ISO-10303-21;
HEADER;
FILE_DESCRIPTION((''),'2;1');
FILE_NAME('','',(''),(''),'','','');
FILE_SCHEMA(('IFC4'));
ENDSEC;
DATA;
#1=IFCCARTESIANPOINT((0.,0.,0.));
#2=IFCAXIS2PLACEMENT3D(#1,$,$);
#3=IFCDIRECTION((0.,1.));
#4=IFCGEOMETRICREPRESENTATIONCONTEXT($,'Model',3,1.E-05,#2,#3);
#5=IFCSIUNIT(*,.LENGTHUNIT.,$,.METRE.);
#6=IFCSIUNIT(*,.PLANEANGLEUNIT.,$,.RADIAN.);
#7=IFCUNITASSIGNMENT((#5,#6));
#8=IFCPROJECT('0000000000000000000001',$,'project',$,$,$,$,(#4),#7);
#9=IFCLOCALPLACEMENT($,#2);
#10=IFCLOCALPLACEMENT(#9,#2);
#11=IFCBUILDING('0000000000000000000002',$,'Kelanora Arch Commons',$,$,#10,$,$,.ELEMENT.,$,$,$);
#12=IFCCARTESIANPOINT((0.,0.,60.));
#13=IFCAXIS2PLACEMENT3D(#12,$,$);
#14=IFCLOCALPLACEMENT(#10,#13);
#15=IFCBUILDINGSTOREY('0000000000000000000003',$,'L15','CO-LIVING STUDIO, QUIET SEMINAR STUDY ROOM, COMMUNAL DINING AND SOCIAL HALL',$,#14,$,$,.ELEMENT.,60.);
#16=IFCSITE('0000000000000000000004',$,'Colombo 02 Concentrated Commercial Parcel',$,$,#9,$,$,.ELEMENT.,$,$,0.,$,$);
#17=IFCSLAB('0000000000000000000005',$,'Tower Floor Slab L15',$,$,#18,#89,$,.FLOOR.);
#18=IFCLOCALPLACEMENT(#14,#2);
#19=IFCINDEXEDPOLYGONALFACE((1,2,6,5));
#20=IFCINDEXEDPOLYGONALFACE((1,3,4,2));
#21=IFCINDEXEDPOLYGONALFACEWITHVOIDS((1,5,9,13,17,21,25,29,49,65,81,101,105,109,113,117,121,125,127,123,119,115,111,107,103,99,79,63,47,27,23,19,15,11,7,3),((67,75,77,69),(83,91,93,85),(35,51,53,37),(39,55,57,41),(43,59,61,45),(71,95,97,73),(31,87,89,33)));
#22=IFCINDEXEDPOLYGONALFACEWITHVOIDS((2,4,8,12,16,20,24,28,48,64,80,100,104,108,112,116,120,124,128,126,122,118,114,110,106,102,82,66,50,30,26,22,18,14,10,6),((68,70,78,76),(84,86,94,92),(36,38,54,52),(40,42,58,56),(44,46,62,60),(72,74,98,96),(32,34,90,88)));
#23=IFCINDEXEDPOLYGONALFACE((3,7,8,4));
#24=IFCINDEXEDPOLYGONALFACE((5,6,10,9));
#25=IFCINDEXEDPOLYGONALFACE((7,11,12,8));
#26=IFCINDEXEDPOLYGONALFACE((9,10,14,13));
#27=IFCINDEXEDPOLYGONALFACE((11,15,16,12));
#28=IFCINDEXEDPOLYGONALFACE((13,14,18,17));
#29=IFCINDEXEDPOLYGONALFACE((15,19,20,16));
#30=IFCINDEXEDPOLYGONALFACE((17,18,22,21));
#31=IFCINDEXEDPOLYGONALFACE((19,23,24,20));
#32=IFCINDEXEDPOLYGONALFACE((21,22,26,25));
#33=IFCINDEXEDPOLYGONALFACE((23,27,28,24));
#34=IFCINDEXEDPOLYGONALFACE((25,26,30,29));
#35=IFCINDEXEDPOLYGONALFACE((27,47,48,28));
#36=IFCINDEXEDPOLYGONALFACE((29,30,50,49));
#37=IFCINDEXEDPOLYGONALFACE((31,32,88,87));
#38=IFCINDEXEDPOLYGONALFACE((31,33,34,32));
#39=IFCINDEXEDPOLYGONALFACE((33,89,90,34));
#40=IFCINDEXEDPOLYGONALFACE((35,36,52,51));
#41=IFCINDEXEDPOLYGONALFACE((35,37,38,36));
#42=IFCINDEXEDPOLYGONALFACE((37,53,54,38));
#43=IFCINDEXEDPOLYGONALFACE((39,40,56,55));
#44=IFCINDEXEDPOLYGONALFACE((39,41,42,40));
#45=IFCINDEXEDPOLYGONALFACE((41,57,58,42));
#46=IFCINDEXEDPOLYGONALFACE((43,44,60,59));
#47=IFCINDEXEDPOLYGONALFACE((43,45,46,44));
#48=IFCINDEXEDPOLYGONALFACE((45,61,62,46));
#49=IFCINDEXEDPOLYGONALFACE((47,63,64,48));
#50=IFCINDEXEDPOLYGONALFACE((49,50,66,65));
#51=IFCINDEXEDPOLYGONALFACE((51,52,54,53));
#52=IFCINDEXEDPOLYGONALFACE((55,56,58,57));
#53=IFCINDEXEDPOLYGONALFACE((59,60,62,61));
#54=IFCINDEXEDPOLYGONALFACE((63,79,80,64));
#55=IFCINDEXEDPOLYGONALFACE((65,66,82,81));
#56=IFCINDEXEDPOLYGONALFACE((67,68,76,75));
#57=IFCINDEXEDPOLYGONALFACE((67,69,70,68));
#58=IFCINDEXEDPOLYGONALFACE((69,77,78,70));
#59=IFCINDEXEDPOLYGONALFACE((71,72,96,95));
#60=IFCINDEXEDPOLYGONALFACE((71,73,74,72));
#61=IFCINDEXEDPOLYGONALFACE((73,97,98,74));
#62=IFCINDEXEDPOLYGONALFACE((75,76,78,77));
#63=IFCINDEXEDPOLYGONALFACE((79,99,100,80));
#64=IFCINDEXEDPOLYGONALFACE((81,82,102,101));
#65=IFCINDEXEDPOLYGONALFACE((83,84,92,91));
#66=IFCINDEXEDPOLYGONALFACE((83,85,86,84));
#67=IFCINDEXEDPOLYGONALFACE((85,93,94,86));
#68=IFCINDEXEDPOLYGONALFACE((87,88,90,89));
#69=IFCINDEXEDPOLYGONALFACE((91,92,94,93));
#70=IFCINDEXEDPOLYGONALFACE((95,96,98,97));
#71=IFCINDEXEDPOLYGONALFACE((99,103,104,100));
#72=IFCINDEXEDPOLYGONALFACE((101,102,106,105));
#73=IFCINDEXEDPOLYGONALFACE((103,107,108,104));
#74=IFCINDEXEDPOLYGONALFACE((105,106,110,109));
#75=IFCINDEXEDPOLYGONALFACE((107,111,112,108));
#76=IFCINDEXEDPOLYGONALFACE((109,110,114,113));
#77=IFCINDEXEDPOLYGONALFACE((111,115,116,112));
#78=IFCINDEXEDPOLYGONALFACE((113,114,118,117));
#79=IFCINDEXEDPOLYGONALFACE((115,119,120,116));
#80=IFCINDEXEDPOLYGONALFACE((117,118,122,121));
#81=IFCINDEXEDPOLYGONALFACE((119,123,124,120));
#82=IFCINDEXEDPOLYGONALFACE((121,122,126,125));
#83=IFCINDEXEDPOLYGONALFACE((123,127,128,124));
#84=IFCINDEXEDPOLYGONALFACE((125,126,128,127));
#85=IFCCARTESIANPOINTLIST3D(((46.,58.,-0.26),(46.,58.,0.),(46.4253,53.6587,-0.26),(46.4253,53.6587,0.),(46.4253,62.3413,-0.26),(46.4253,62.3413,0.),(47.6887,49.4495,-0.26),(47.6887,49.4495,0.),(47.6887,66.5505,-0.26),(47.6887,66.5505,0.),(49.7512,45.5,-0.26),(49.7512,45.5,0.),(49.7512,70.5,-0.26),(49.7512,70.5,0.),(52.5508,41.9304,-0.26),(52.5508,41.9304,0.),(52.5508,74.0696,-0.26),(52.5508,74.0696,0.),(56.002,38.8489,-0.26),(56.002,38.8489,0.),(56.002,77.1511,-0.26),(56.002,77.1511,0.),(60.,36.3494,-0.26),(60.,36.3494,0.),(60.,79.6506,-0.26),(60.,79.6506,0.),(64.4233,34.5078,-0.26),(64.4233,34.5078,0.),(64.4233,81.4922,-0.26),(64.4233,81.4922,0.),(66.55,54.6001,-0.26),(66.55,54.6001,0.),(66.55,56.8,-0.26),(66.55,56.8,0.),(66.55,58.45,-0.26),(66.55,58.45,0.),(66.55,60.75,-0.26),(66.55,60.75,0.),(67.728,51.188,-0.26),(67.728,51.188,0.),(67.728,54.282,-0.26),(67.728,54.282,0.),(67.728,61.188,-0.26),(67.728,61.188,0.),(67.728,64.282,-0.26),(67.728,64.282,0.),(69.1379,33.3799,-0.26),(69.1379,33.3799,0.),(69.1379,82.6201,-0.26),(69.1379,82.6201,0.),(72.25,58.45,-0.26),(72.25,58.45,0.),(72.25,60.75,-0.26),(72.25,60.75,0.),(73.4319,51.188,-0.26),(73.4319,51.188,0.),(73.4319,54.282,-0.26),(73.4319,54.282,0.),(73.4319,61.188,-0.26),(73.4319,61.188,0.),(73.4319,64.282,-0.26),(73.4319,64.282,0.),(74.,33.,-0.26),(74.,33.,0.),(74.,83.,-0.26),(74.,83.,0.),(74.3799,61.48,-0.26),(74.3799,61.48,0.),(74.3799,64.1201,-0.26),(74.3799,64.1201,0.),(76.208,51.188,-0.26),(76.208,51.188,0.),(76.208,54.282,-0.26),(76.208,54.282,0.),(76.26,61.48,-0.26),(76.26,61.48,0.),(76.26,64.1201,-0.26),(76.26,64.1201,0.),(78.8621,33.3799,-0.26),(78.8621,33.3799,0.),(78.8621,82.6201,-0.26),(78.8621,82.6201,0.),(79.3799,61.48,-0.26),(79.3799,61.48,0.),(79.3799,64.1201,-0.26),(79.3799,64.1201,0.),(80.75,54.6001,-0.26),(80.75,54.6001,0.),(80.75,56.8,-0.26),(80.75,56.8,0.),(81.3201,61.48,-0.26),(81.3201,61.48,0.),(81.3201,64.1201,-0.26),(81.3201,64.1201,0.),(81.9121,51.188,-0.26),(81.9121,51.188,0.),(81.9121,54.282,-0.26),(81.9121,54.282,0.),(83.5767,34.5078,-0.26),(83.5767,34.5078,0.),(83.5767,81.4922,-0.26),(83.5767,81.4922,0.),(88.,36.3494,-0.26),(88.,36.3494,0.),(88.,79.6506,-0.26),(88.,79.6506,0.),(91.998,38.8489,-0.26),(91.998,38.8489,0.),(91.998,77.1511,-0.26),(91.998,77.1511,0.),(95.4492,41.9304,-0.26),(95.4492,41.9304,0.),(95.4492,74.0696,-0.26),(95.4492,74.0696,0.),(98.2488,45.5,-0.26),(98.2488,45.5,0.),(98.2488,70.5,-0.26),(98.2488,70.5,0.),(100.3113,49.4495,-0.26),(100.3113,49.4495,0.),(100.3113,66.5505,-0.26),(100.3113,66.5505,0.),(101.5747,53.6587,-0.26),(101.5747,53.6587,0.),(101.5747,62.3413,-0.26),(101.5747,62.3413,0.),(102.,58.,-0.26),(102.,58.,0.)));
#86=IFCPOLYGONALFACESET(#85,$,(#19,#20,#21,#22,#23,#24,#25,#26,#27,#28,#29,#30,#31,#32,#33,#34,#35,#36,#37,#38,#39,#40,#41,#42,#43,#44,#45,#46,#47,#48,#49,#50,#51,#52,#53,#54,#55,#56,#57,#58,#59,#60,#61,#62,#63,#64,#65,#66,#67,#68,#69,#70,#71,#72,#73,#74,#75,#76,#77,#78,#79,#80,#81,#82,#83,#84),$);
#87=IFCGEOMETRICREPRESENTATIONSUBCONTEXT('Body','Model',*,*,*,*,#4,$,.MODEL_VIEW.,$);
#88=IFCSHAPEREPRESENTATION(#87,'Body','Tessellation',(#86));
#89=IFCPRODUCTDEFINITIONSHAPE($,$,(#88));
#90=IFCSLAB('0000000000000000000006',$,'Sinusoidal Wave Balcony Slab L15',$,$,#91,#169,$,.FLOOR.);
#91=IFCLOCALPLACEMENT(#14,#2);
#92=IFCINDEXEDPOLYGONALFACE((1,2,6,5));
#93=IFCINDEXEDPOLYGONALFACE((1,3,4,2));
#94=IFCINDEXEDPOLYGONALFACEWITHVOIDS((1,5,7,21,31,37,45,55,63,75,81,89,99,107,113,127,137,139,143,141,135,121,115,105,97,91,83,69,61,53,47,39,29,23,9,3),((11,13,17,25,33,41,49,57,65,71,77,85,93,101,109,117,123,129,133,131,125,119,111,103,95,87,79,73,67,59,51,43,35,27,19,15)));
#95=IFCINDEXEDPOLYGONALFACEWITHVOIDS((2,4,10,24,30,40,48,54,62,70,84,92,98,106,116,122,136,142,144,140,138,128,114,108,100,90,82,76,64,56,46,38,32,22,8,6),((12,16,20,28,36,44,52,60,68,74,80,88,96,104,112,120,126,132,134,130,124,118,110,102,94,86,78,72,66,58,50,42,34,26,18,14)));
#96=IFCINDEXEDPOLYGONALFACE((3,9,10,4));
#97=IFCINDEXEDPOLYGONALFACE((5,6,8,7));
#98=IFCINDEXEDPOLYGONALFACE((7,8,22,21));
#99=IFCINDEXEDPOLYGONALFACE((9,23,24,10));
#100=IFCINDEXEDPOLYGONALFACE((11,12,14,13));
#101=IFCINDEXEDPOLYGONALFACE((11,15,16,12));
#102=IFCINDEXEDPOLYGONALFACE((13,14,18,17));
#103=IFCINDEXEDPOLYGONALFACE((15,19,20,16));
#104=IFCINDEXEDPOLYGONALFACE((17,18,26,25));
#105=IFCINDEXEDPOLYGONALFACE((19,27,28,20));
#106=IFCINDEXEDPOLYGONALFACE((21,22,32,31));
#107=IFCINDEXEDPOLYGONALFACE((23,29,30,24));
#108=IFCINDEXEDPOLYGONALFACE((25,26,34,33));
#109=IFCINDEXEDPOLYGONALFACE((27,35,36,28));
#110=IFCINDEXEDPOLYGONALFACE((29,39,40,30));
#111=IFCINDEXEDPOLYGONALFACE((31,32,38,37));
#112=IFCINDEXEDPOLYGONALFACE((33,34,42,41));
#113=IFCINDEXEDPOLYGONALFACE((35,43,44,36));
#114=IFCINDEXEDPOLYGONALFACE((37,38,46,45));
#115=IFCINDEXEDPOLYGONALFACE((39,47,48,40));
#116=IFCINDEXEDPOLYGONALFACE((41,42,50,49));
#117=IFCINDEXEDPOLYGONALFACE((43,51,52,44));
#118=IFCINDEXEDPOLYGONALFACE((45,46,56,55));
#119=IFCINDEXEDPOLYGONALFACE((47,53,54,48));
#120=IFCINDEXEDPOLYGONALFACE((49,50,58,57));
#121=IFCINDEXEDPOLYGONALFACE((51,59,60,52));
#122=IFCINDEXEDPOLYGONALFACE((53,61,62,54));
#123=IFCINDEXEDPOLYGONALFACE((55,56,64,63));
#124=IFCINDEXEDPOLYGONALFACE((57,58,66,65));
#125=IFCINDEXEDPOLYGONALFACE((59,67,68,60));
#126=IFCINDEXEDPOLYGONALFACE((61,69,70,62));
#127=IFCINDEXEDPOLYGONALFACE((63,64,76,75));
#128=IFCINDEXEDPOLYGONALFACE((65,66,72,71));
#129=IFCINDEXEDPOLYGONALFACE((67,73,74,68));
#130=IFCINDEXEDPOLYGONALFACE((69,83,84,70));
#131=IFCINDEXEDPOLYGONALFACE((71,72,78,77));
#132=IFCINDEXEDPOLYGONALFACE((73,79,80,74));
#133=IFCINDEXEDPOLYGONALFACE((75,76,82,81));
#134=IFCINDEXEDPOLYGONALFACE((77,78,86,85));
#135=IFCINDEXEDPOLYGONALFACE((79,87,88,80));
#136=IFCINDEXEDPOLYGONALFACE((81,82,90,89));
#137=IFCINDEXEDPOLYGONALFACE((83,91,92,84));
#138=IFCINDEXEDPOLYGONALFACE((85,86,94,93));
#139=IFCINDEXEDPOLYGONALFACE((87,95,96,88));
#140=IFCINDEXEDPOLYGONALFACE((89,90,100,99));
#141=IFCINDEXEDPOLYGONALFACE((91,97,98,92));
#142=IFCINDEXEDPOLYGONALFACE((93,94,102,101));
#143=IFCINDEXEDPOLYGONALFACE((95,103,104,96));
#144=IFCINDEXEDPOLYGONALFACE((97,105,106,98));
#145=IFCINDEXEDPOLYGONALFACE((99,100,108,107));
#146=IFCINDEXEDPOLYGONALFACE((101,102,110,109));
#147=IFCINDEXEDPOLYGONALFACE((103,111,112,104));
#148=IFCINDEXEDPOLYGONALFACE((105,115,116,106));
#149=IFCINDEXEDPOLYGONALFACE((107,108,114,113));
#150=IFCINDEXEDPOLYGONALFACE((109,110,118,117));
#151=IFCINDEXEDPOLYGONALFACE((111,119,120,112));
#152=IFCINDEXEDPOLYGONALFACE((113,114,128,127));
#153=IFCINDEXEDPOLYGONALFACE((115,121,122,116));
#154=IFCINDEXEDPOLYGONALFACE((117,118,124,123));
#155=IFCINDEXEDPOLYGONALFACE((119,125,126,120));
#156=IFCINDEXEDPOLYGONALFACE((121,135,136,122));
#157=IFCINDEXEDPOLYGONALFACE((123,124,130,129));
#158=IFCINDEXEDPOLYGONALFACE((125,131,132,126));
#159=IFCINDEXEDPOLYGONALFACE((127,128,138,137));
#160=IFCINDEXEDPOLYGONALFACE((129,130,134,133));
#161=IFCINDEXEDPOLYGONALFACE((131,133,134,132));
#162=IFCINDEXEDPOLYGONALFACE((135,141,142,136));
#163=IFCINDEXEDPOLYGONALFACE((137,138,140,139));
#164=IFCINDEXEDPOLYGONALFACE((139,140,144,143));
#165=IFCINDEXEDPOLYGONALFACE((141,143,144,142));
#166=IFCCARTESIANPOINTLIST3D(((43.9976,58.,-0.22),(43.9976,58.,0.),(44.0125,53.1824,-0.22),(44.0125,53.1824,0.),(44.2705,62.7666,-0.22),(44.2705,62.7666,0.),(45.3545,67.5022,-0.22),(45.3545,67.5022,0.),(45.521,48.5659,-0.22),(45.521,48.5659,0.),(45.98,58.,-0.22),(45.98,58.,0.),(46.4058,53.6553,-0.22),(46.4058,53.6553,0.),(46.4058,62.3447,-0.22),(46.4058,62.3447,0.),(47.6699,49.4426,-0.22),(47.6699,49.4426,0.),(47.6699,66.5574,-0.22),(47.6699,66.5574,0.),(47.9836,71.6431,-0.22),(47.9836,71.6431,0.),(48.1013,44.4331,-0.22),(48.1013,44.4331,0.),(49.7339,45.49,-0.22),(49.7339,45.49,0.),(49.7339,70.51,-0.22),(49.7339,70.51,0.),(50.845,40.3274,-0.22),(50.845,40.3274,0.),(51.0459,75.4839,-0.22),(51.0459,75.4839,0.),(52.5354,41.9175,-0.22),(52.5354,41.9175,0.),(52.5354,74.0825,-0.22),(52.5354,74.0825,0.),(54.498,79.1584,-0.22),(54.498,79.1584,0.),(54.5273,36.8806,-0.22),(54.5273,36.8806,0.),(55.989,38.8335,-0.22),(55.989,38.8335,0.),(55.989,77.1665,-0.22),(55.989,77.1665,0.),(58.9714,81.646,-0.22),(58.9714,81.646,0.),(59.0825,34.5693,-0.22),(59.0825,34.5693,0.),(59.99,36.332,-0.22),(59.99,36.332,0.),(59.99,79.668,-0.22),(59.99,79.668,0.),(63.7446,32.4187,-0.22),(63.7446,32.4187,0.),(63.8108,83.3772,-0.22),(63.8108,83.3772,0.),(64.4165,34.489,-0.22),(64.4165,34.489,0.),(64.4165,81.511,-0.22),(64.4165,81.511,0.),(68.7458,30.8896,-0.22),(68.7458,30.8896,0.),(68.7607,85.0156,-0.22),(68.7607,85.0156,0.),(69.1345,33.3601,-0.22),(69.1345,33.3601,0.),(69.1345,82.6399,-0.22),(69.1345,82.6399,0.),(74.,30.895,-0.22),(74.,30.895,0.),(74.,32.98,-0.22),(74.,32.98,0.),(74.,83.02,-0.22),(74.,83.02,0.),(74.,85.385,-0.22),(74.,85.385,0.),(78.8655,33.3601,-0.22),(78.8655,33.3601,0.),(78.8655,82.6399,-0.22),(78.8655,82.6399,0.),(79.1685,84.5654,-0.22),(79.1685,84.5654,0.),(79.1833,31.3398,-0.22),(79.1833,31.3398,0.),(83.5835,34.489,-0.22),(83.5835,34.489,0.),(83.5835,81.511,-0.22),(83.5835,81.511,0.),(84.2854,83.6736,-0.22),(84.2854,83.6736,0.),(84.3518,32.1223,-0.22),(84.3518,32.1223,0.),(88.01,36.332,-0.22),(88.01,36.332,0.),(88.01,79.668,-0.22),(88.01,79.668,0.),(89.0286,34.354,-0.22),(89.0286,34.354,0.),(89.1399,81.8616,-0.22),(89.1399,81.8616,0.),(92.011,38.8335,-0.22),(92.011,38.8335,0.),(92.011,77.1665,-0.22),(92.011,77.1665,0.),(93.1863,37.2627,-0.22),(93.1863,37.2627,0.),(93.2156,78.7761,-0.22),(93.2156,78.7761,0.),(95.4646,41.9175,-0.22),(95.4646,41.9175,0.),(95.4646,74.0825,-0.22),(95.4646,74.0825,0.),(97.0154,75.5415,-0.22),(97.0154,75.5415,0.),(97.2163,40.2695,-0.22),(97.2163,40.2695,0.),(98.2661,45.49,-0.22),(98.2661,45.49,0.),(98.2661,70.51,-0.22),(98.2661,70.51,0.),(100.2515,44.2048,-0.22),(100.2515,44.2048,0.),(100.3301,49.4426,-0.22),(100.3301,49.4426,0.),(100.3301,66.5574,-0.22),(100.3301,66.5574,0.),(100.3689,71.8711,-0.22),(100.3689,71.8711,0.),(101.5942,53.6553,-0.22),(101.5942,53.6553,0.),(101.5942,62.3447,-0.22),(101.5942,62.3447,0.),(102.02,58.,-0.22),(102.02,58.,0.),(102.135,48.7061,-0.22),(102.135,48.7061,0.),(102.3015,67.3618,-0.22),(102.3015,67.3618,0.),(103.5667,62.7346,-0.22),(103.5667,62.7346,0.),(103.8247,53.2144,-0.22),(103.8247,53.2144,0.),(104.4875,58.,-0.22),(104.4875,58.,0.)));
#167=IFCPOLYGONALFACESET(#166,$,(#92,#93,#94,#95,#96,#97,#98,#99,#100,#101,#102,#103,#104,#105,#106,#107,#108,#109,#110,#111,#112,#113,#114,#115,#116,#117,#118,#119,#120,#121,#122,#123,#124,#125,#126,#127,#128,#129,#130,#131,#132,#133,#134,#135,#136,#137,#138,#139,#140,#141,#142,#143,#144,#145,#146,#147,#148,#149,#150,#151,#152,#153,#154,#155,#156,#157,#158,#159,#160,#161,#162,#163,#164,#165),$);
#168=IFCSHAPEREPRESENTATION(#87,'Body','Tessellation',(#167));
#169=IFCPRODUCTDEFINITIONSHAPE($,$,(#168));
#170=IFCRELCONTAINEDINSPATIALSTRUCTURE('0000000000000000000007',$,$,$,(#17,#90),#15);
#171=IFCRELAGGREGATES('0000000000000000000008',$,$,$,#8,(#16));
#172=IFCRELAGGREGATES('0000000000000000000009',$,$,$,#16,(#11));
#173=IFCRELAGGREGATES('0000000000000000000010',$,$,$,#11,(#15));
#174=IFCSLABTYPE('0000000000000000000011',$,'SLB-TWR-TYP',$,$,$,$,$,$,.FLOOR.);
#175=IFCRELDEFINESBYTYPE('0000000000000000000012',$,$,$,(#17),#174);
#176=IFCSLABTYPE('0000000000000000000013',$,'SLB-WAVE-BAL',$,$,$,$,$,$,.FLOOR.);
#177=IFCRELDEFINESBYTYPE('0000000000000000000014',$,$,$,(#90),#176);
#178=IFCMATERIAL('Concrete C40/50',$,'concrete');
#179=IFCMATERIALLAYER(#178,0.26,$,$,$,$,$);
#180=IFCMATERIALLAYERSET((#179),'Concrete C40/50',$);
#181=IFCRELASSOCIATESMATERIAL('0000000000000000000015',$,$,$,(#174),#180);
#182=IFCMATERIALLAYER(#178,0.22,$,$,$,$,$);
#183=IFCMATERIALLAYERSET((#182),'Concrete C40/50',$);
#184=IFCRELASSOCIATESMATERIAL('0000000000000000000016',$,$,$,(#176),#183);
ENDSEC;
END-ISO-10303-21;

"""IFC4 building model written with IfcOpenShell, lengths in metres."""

from ifc_helpers import new_model, si_unit, direction, frame, origin, place, context, subcontext, project, spatial, polyline, outline, extrude, material, layer, layer_set, type_object, element, save


model = new_model("IFC4")

# Units and contexts
model_context = context("Model", 3, precision=1e-05, world=origin(), true_north=direction((0.0, 1.0)))
body_context = subcontext(model_context, "Body", "Model", "MODEL_VIEW")
ifc_project = project(units=[si_unit("LENGTHUNIT", "METRE"), si_unit("PLANEANGLEUNIT", "RADIAN")], contexts=[model_context])

# Site, building, storey
site_placement = place(None, origin())
site = spatial("IfcSite", under=ifc_project, at=site_placement, Name="Colombo 02 Concentrated Commercial Parcel", CompositionType="ELEMENT", RefElevation=0.0)
building_placement = place(site_placement, origin())
building = spatial("IfcBuilding", under=site, at=building_placement, Name="Kelanora Arch Commons", CompositionType="ELEMENT")
storey_placement = place(building_placement, frame((0.0, 0.0, 60.0)))
storey = spatial("IfcBuildingStorey", under=building, at=storey_placement, Name="L15", Description="CO-LIVING STUDIO, QUIET SEMINAR STUDY ROOM, COMMUNAL DINING AND SOCIAL HALL", CompositionType="ELEMENT", Elevation=60.0)

# Shared definitions
ifc_material_1 = material(Name="Concrete C40/50", Category="concrete")

# Slabs
ifc_layer_1 = layer(ifc_material_1, 0.26)
ifc_layer_set_1 = layer_set([ifc_layer_1], Name="Concrete C40/50")
slab_type_1 = type_object("IfcSlabType", Name="SLB-TWR-TYP", PredefinedType="FLOOR", material=ifc_layer_set_1)
slab_1_placement = place(storey_placement, frame((0.0, 0.0, -0.26)))
element("IfcSlab", 1, at=slab_1_placement, inside=storey, type_object=slab_type_1, Name="Tower Floor Slab L15", PredefinedType="FLOOR", context=body_context, shape_type="SweptSolid", body=[
    extrude(outline(polyline([(102.0, 58.0), (101.5747, 62.3413), (100.3113, 66.5505), (98.2488, 70.5), (95.4492, 74.0696), (91.998, 77.1511), (88.0, 79.6506), (83.5767, 81.4922), (78.8621, 82.6201), (74.0, 83.0), (69.1379, 82.6201), (64.4233, 81.4922), (60.0, 79.6506), (56.002, 77.1511), (52.5508, 74.0696), (49.7512, 70.5), (47.6887, 66.5505), (46.4253, 62.3413), (46.0, 58.0), (46.4253, 53.6587), (47.6887, 49.4495), (49.7512, 45.5), (52.5508, 41.9304), (56.002, 38.8489), (60.0, 36.3494), (64.4233, 34.5078), (69.1379, 33.3799), (74.0, 33.0), (78.8621, 33.3799), (83.5767, 34.5078), (88.0, 36.3494), (91.998, 38.8489), (95.4492, 41.9304), (98.2488, 45.5), (100.3113, 49.4495), (101.5747, 53.6587), (102.0, 58.0)]), holes=[polyline([(73.4319, 51.188), (67.728, 51.188), (67.728, 54.282), (73.4319, 54.282), (73.4319, 51.188)]), polyline([(76.208, 51.188), (76.208, 54.282), (81.9121, 54.282), (81.9121, 51.188), (76.208, 51.188)]), polyline([(66.55, 54.6001), (66.55, 56.8), (80.75, 56.8), (80.75, 54.6001), (66.55, 54.6001)]), polyline([(66.55, 58.45), (66.55, 60.75), (72.25, 60.75), (72.25, 58.45), (66.55, 58.45)]), polyline([(67.728, 61.188), (67.728, 64.282), (73.4319, 64.282), (73.4319, 61.188), (67.728, 61.188)]), polyline([(74.3799, 61.48), (74.3799, 64.1201), (76.26, 64.1201), (76.26, 61.48), (74.3799, 61.48)]), polyline([(79.3799, 61.48), (79.3799, 64.1201), (81.3201, 64.1201), (81.3201, 61.48), (79.3799, 61.48)])]), origin(), (0.0, 0.0, 1.0), 0.26),
])
ifc_layer_2 = layer(ifc_material_1, 0.22)
ifc_layer_set_2 = layer_set([ifc_layer_2], Name="Concrete C40/50")
slab_type_2 = type_object("IfcSlabType", Name="SLB-WAVE-BAL", PredefinedType="FLOOR", material=ifc_layer_set_2)
slab_2_placement = place(storey_placement, frame((0.0, 0.0, -0.22)))
element("IfcSlab", 2, at=slab_2_placement, inside=storey, type_object=slab_type_2, Name="Sinusoidal Wave Balcony Slab L15", PredefinedType="FLOOR", context=body_context, shape_type="SweptSolid", body=[
    extrude(outline(polyline([(104.4875, 58.0), (103.5667, 62.7346), (102.3015, 67.3618), (100.3689, 71.8711), (97.0154, 75.5415), (93.2156, 78.7761), (89.1399, 81.8616), (84.2854, 83.6736), (79.1685, 84.5654), (74.0, 85.385), (68.7607, 85.0156), (63.8108, 83.3772), (58.9714, 81.646), (54.498, 79.1584), (51.0459, 75.4839), (47.9836, 71.6431), (45.3545, 67.5022), (44.2705, 62.7666), (43.9976, 58.0), (44.0125, 53.1824), (45.521, 48.5659), (48.1013, 44.4331), (50.845, 40.3274), (54.5273, 36.8806), (59.0825, 34.5693), (63.7446, 32.4187), (68.7458, 30.8896), (74.0, 30.895), (79.1833, 31.3398), (84.3518, 32.1223), (89.0286, 34.354), (93.1863, 37.2627), (97.2163, 40.2695), (100.2515, 44.2048), (102.135, 48.7061), (103.8247, 53.2144), (104.4875, 58.0)]), holes=[polyline([(101.5942, 53.6553), (100.3301, 49.4426), (98.2661, 45.49), (95.4646, 41.9175), (92.011, 38.8335), (88.01, 36.332), (83.5835, 34.489), (78.8655, 33.3601), (74.0, 32.98), (69.1345, 33.3601), (64.4165, 34.489), (59.99, 36.332), (55.989, 38.8335), (52.5354, 41.9175), (49.7339, 45.49), (47.6699, 49.4426), (46.4058, 53.6553), (45.98, 58.0), (46.4058, 62.3447), (47.6699, 66.5574), (49.7339, 70.51), (52.5354, 74.0825), (55.989, 77.1665), (59.99, 79.668), (64.4165, 81.511), (69.1345, 82.6399), (74.0, 83.02), (78.8655, 82.6399), (83.5835, 81.511), (88.01, 79.668), (92.011, 77.1665), (95.4646, 74.0825), (98.2661, 70.51), (100.3301, 66.5574), (101.5942, 62.3447), (102.02, 58.0), (101.5942, 53.6553)])]), origin(), (0.0, 0.0, 1.0), 0.22),
])

save(model, "model.ifc")
